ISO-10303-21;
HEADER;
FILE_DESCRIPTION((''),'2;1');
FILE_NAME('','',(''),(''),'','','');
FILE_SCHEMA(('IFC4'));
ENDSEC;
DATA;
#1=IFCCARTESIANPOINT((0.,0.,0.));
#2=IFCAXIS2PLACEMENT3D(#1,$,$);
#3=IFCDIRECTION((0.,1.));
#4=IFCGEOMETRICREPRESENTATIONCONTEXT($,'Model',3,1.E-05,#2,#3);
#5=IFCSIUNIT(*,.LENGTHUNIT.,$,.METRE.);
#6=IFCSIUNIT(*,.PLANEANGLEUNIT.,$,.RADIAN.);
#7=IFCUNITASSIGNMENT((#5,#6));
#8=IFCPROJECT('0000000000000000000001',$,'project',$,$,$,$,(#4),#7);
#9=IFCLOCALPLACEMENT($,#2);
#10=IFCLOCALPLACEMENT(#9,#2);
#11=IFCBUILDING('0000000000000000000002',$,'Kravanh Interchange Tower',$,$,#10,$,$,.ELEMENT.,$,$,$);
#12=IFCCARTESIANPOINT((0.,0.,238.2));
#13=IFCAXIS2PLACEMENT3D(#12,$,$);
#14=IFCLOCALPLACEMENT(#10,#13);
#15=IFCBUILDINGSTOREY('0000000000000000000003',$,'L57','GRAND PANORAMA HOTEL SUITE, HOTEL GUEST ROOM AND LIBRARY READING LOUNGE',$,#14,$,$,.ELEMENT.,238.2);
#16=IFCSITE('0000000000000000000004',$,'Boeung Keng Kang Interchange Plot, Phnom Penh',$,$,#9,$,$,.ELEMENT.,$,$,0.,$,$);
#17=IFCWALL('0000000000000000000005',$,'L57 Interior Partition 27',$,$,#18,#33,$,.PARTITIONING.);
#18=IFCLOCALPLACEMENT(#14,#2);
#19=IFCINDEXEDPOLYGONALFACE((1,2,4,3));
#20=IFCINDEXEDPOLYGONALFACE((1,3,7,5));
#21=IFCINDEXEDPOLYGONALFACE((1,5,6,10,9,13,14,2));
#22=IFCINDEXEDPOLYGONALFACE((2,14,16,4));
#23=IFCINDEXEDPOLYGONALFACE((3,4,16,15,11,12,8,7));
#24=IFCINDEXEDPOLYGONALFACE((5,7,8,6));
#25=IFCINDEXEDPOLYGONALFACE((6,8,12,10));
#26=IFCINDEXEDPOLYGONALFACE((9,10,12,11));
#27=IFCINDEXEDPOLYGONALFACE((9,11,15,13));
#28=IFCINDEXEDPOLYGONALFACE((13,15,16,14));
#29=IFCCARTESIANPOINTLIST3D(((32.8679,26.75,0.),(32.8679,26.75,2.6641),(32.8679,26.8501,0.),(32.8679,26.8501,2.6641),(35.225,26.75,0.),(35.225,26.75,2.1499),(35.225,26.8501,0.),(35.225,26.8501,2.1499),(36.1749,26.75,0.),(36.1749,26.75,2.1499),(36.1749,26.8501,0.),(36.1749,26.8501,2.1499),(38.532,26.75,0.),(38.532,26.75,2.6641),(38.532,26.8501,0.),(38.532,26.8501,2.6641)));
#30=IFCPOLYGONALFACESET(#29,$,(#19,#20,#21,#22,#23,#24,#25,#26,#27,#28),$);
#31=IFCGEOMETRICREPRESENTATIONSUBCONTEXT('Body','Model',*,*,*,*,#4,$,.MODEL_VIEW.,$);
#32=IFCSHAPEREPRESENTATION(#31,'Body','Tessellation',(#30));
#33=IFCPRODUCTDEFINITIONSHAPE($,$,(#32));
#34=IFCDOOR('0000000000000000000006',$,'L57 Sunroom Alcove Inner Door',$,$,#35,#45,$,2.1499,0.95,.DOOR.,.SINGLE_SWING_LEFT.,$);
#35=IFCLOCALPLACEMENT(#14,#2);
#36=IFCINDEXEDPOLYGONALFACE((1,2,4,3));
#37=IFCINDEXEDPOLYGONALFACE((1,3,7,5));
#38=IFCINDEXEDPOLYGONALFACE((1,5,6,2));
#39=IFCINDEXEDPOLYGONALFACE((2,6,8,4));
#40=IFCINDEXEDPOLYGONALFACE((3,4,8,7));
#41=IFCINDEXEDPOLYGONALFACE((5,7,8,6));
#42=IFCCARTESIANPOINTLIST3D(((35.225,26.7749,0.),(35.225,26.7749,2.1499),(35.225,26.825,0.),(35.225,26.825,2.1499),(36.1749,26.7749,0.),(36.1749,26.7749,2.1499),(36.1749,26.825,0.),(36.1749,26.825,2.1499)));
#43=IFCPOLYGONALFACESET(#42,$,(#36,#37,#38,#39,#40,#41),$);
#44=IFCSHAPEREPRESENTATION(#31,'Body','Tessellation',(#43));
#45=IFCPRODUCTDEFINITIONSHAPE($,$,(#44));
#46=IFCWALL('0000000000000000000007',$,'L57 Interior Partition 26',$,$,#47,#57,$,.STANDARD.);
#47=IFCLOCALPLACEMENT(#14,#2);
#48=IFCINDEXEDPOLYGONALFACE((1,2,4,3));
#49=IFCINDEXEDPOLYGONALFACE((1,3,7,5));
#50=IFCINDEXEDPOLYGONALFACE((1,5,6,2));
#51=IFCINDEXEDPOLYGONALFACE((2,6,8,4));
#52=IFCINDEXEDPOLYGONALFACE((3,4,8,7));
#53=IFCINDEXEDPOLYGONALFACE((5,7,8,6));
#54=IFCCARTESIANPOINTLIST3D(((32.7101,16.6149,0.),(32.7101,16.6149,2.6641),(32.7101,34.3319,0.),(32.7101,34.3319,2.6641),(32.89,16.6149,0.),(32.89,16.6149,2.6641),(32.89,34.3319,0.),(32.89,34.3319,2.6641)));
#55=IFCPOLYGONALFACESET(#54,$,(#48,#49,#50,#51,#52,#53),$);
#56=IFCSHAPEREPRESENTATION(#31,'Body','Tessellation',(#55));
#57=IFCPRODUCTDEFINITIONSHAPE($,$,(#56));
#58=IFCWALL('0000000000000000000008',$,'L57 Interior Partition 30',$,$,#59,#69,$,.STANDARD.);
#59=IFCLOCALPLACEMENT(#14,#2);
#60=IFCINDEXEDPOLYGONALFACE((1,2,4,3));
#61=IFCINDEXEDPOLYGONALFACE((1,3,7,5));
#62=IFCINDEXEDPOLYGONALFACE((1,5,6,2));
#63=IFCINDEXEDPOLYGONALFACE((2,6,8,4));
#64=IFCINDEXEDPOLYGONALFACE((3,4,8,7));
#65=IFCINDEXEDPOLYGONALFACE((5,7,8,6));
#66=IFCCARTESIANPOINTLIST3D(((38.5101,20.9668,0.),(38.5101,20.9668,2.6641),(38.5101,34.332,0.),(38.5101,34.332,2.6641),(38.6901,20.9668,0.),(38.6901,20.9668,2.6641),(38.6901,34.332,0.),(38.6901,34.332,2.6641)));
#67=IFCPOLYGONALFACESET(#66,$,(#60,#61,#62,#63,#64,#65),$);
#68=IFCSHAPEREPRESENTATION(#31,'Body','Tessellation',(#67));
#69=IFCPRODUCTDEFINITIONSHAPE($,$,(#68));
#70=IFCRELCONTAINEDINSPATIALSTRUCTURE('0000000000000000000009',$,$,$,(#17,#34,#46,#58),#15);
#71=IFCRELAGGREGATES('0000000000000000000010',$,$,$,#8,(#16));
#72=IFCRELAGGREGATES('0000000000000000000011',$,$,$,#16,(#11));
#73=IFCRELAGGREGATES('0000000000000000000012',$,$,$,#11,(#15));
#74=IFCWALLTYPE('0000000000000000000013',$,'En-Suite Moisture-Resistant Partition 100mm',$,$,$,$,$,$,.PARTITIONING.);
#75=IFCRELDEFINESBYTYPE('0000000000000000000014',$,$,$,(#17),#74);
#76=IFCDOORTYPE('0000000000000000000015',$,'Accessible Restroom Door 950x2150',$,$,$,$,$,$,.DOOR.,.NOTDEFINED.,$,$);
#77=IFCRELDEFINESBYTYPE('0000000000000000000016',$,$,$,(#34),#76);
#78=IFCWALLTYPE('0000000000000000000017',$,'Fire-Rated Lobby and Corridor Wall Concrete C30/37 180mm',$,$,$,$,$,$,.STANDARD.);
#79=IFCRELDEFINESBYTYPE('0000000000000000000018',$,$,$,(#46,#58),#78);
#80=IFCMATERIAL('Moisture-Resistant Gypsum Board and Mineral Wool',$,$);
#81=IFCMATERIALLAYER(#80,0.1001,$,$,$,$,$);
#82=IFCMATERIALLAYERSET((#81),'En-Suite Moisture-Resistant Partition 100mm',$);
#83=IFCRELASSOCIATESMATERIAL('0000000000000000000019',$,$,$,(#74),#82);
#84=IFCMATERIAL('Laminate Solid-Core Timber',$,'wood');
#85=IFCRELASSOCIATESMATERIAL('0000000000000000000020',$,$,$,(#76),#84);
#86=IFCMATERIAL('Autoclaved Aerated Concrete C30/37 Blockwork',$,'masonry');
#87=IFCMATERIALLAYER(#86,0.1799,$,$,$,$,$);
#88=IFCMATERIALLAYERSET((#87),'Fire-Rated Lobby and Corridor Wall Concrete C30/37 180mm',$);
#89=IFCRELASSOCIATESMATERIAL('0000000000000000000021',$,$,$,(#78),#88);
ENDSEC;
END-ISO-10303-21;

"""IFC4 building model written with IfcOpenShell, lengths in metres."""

from ifc_helpers import new_model, si_unit, direction, frame, frame_2d, origin, place, context, subcontext, project, spatial, rectangle, extrude, material, layer, layer_set, type_object, element, fill, save


model = new_model("IFC4")

# Units and contexts
model_context = context("Model", 3, precision=1e-05, world=origin(), true_north=direction((0.0, 1.0)))
body_context = subcontext(model_context, "Body", "Model", "MODEL_VIEW")
ifc_project = project(units=[si_unit("LENGTHUNIT", "METRE"), si_unit("PLANEANGLEUNIT", "RADIAN")], contexts=[model_context])

# Site, building, storey
site_placement = place(None, origin())
site = spatial("IfcSite", under=ifc_project, at=site_placement, Name="Boeung Keng Kang Interchange Plot, Phnom Penh", CompositionType="ELEMENT", RefElevation=0.0)
building_placement = place(site_placement, origin())
building = spatial("IfcBuilding", under=site, at=building_placement, Name="Kravanh Interchange Tower", CompositionType="ELEMENT")
storey_placement = place(building_placement, frame((0.0, 0.0, 238.2)))
storey = spatial("IfcBuildingStorey", under=building, at=storey_placement, Name="L57", Description="GRAND PANORAMA HOTEL SUITE, HOTEL GUEST ROOM AND LIBRARY READING LOUNGE", CompositionType="ELEMENT", Elevation=238.2)

# Wall, opening, door
ifc_material_1 = material(Name="Moisture-Resistant Gypsum Board and Mineral Wool")
ifc_layer_1 = layer(ifc_material_1, 0.1001)
ifc_layer_set_1 = layer_set([ifc_layer_1], Name="En-Suite Moisture-Resistant Partition 100mm")
wall_type_1 = type_object("IfcWallType", Name="En-Suite Moisture-Resistant Partition 100mm", PredefinedType="PARTITIONING", material=ifc_layer_set_1)
wall_1_placement = place(storey_placement, frame((32.8679, 26.8, 0.0), z_axis=(0.0, 0.0, 1.0), x_axis=(1.0, 0.0, 0.0)))
wall_1 = element("IfcWall", 1, at=wall_1_placement, inside=storey, type_object=wall_type_1, Name="L57 Interior Partition 27", PredefinedType="PARTITIONING", context=body_context, shape_type="SweptSolid", body=[
    extrude(rectangle(XDim=5.6641, YDim=0.1001, at=frame_2d((2.832, 0.0))), origin(), (0.0, 0.0, 1.0), 2.6641),
])
opening_placement = place(wall_1_placement, frame((2.3569, 0.0, 0.0)))
opening = element("IfcOpeningElement", 2, at=opening_placement, cuts=wall_1, PredefinedType="OPENING", context=body_context, shape_type="SweptSolid", body=[
    extrude(rectangle(XDim=0.95, YDim=2.1499, at=frame_2d((0.4751, 1.075))), frame((0.0, 0.0601, 0.0), z_axis=(0.0, -1.0, 0.0), x_axis=(1.0, 0.0, 0.0)), (0.0, 0.0, 1.0), 0.1201),
])
ifc_material_2 = material(Name="Laminate Solid-Core Timber", Category="wood")
door_type = type_object("IfcDoorType", Name="Accessible Restroom Door 950x2150", OperationType="NOTDEFINED", PredefinedType="DOOR", material=ifc_material_2)
door_placement = place(opening_placement, origin())
door = element("IfcDoor", 3, at=door_placement, inside=storey, type_object=door_type, Name="L57 Sunroom Alcove Inner Door", OperationType="SINGLE_SWING_LEFT", OverallHeight=2.1499, OverallWidth=0.95, PredefinedType="DOOR", context=body_context, shape_type="SweptSolid", body=[
    extrude(rectangle(XDim=0.95, YDim=2.1499, at=frame_2d((0.4751, 1.075))), frame((0.0, 0.0249, 0.0), z_axis=(0.0, -1.0, 0.0), x_axis=(1.0, 0.0, 0.0)), (0.0, 0.0, 1.0), 0.05),
])
fill(opening, door)

# Walls
ifc_material_3 = material(Name="Autoclaved Aerated Concrete C30/37 Blockwork", Category="masonry")
ifc_layer_2 = layer(ifc_material_3, 0.1799)
ifc_layer_set_2 = layer_set([ifc_layer_2], Name="Fire-Rated Lobby and Corridor Wall Concrete C30/37 180mm")
wall_type_2 = type_object("IfcWallType", Name="Fire-Rated Lobby and Corridor Wall Concrete C30/37 180mm", PredefinedType="STANDARD", material=ifc_layer_set_2)
wall_2_placement = place(storey_placement, frame((32.8, 16.615, 0.0), z_axis=(0.0, 0.0, 1.0), x_axis=(0.0, 1.0, 0.0)))
element("IfcWall", 4, at=wall_2_placement, inside=storey, type_object=wall_type_2, Name="L57 Interior Partition 26", PredefinedType="STANDARD", context=body_context, shape_type="SweptSolid", body=[
    extrude(rectangle(XDim=17.717, YDim=0.1799, at=frame_2d((8.8584, 0.0))), origin(), (0.0, 0.0, 1.0), 2.6641),
])
wall_3_placement = place(storey_placement, frame((38.6001, 20.9668, 0.0), z_axis=(0.0, 0.0, 1.0), x_axis=(0.0, 1.0, 0.0)))
element("IfcWall", 5, at=wall_3_placement, inside=storey, type_object=wall_type_2, Name="L57 Interior Partition 30", PredefinedType="STANDARD", context=body_context, shape_type="SweptSolid", body=[
    extrude(rectangle(XDim=13.3652, YDim=0.1799, at=frame_2d((6.6826, 0.0))), origin(), (0.0, 0.0, 1.0), 2.6641),
])

save(model, "model.ifc")
